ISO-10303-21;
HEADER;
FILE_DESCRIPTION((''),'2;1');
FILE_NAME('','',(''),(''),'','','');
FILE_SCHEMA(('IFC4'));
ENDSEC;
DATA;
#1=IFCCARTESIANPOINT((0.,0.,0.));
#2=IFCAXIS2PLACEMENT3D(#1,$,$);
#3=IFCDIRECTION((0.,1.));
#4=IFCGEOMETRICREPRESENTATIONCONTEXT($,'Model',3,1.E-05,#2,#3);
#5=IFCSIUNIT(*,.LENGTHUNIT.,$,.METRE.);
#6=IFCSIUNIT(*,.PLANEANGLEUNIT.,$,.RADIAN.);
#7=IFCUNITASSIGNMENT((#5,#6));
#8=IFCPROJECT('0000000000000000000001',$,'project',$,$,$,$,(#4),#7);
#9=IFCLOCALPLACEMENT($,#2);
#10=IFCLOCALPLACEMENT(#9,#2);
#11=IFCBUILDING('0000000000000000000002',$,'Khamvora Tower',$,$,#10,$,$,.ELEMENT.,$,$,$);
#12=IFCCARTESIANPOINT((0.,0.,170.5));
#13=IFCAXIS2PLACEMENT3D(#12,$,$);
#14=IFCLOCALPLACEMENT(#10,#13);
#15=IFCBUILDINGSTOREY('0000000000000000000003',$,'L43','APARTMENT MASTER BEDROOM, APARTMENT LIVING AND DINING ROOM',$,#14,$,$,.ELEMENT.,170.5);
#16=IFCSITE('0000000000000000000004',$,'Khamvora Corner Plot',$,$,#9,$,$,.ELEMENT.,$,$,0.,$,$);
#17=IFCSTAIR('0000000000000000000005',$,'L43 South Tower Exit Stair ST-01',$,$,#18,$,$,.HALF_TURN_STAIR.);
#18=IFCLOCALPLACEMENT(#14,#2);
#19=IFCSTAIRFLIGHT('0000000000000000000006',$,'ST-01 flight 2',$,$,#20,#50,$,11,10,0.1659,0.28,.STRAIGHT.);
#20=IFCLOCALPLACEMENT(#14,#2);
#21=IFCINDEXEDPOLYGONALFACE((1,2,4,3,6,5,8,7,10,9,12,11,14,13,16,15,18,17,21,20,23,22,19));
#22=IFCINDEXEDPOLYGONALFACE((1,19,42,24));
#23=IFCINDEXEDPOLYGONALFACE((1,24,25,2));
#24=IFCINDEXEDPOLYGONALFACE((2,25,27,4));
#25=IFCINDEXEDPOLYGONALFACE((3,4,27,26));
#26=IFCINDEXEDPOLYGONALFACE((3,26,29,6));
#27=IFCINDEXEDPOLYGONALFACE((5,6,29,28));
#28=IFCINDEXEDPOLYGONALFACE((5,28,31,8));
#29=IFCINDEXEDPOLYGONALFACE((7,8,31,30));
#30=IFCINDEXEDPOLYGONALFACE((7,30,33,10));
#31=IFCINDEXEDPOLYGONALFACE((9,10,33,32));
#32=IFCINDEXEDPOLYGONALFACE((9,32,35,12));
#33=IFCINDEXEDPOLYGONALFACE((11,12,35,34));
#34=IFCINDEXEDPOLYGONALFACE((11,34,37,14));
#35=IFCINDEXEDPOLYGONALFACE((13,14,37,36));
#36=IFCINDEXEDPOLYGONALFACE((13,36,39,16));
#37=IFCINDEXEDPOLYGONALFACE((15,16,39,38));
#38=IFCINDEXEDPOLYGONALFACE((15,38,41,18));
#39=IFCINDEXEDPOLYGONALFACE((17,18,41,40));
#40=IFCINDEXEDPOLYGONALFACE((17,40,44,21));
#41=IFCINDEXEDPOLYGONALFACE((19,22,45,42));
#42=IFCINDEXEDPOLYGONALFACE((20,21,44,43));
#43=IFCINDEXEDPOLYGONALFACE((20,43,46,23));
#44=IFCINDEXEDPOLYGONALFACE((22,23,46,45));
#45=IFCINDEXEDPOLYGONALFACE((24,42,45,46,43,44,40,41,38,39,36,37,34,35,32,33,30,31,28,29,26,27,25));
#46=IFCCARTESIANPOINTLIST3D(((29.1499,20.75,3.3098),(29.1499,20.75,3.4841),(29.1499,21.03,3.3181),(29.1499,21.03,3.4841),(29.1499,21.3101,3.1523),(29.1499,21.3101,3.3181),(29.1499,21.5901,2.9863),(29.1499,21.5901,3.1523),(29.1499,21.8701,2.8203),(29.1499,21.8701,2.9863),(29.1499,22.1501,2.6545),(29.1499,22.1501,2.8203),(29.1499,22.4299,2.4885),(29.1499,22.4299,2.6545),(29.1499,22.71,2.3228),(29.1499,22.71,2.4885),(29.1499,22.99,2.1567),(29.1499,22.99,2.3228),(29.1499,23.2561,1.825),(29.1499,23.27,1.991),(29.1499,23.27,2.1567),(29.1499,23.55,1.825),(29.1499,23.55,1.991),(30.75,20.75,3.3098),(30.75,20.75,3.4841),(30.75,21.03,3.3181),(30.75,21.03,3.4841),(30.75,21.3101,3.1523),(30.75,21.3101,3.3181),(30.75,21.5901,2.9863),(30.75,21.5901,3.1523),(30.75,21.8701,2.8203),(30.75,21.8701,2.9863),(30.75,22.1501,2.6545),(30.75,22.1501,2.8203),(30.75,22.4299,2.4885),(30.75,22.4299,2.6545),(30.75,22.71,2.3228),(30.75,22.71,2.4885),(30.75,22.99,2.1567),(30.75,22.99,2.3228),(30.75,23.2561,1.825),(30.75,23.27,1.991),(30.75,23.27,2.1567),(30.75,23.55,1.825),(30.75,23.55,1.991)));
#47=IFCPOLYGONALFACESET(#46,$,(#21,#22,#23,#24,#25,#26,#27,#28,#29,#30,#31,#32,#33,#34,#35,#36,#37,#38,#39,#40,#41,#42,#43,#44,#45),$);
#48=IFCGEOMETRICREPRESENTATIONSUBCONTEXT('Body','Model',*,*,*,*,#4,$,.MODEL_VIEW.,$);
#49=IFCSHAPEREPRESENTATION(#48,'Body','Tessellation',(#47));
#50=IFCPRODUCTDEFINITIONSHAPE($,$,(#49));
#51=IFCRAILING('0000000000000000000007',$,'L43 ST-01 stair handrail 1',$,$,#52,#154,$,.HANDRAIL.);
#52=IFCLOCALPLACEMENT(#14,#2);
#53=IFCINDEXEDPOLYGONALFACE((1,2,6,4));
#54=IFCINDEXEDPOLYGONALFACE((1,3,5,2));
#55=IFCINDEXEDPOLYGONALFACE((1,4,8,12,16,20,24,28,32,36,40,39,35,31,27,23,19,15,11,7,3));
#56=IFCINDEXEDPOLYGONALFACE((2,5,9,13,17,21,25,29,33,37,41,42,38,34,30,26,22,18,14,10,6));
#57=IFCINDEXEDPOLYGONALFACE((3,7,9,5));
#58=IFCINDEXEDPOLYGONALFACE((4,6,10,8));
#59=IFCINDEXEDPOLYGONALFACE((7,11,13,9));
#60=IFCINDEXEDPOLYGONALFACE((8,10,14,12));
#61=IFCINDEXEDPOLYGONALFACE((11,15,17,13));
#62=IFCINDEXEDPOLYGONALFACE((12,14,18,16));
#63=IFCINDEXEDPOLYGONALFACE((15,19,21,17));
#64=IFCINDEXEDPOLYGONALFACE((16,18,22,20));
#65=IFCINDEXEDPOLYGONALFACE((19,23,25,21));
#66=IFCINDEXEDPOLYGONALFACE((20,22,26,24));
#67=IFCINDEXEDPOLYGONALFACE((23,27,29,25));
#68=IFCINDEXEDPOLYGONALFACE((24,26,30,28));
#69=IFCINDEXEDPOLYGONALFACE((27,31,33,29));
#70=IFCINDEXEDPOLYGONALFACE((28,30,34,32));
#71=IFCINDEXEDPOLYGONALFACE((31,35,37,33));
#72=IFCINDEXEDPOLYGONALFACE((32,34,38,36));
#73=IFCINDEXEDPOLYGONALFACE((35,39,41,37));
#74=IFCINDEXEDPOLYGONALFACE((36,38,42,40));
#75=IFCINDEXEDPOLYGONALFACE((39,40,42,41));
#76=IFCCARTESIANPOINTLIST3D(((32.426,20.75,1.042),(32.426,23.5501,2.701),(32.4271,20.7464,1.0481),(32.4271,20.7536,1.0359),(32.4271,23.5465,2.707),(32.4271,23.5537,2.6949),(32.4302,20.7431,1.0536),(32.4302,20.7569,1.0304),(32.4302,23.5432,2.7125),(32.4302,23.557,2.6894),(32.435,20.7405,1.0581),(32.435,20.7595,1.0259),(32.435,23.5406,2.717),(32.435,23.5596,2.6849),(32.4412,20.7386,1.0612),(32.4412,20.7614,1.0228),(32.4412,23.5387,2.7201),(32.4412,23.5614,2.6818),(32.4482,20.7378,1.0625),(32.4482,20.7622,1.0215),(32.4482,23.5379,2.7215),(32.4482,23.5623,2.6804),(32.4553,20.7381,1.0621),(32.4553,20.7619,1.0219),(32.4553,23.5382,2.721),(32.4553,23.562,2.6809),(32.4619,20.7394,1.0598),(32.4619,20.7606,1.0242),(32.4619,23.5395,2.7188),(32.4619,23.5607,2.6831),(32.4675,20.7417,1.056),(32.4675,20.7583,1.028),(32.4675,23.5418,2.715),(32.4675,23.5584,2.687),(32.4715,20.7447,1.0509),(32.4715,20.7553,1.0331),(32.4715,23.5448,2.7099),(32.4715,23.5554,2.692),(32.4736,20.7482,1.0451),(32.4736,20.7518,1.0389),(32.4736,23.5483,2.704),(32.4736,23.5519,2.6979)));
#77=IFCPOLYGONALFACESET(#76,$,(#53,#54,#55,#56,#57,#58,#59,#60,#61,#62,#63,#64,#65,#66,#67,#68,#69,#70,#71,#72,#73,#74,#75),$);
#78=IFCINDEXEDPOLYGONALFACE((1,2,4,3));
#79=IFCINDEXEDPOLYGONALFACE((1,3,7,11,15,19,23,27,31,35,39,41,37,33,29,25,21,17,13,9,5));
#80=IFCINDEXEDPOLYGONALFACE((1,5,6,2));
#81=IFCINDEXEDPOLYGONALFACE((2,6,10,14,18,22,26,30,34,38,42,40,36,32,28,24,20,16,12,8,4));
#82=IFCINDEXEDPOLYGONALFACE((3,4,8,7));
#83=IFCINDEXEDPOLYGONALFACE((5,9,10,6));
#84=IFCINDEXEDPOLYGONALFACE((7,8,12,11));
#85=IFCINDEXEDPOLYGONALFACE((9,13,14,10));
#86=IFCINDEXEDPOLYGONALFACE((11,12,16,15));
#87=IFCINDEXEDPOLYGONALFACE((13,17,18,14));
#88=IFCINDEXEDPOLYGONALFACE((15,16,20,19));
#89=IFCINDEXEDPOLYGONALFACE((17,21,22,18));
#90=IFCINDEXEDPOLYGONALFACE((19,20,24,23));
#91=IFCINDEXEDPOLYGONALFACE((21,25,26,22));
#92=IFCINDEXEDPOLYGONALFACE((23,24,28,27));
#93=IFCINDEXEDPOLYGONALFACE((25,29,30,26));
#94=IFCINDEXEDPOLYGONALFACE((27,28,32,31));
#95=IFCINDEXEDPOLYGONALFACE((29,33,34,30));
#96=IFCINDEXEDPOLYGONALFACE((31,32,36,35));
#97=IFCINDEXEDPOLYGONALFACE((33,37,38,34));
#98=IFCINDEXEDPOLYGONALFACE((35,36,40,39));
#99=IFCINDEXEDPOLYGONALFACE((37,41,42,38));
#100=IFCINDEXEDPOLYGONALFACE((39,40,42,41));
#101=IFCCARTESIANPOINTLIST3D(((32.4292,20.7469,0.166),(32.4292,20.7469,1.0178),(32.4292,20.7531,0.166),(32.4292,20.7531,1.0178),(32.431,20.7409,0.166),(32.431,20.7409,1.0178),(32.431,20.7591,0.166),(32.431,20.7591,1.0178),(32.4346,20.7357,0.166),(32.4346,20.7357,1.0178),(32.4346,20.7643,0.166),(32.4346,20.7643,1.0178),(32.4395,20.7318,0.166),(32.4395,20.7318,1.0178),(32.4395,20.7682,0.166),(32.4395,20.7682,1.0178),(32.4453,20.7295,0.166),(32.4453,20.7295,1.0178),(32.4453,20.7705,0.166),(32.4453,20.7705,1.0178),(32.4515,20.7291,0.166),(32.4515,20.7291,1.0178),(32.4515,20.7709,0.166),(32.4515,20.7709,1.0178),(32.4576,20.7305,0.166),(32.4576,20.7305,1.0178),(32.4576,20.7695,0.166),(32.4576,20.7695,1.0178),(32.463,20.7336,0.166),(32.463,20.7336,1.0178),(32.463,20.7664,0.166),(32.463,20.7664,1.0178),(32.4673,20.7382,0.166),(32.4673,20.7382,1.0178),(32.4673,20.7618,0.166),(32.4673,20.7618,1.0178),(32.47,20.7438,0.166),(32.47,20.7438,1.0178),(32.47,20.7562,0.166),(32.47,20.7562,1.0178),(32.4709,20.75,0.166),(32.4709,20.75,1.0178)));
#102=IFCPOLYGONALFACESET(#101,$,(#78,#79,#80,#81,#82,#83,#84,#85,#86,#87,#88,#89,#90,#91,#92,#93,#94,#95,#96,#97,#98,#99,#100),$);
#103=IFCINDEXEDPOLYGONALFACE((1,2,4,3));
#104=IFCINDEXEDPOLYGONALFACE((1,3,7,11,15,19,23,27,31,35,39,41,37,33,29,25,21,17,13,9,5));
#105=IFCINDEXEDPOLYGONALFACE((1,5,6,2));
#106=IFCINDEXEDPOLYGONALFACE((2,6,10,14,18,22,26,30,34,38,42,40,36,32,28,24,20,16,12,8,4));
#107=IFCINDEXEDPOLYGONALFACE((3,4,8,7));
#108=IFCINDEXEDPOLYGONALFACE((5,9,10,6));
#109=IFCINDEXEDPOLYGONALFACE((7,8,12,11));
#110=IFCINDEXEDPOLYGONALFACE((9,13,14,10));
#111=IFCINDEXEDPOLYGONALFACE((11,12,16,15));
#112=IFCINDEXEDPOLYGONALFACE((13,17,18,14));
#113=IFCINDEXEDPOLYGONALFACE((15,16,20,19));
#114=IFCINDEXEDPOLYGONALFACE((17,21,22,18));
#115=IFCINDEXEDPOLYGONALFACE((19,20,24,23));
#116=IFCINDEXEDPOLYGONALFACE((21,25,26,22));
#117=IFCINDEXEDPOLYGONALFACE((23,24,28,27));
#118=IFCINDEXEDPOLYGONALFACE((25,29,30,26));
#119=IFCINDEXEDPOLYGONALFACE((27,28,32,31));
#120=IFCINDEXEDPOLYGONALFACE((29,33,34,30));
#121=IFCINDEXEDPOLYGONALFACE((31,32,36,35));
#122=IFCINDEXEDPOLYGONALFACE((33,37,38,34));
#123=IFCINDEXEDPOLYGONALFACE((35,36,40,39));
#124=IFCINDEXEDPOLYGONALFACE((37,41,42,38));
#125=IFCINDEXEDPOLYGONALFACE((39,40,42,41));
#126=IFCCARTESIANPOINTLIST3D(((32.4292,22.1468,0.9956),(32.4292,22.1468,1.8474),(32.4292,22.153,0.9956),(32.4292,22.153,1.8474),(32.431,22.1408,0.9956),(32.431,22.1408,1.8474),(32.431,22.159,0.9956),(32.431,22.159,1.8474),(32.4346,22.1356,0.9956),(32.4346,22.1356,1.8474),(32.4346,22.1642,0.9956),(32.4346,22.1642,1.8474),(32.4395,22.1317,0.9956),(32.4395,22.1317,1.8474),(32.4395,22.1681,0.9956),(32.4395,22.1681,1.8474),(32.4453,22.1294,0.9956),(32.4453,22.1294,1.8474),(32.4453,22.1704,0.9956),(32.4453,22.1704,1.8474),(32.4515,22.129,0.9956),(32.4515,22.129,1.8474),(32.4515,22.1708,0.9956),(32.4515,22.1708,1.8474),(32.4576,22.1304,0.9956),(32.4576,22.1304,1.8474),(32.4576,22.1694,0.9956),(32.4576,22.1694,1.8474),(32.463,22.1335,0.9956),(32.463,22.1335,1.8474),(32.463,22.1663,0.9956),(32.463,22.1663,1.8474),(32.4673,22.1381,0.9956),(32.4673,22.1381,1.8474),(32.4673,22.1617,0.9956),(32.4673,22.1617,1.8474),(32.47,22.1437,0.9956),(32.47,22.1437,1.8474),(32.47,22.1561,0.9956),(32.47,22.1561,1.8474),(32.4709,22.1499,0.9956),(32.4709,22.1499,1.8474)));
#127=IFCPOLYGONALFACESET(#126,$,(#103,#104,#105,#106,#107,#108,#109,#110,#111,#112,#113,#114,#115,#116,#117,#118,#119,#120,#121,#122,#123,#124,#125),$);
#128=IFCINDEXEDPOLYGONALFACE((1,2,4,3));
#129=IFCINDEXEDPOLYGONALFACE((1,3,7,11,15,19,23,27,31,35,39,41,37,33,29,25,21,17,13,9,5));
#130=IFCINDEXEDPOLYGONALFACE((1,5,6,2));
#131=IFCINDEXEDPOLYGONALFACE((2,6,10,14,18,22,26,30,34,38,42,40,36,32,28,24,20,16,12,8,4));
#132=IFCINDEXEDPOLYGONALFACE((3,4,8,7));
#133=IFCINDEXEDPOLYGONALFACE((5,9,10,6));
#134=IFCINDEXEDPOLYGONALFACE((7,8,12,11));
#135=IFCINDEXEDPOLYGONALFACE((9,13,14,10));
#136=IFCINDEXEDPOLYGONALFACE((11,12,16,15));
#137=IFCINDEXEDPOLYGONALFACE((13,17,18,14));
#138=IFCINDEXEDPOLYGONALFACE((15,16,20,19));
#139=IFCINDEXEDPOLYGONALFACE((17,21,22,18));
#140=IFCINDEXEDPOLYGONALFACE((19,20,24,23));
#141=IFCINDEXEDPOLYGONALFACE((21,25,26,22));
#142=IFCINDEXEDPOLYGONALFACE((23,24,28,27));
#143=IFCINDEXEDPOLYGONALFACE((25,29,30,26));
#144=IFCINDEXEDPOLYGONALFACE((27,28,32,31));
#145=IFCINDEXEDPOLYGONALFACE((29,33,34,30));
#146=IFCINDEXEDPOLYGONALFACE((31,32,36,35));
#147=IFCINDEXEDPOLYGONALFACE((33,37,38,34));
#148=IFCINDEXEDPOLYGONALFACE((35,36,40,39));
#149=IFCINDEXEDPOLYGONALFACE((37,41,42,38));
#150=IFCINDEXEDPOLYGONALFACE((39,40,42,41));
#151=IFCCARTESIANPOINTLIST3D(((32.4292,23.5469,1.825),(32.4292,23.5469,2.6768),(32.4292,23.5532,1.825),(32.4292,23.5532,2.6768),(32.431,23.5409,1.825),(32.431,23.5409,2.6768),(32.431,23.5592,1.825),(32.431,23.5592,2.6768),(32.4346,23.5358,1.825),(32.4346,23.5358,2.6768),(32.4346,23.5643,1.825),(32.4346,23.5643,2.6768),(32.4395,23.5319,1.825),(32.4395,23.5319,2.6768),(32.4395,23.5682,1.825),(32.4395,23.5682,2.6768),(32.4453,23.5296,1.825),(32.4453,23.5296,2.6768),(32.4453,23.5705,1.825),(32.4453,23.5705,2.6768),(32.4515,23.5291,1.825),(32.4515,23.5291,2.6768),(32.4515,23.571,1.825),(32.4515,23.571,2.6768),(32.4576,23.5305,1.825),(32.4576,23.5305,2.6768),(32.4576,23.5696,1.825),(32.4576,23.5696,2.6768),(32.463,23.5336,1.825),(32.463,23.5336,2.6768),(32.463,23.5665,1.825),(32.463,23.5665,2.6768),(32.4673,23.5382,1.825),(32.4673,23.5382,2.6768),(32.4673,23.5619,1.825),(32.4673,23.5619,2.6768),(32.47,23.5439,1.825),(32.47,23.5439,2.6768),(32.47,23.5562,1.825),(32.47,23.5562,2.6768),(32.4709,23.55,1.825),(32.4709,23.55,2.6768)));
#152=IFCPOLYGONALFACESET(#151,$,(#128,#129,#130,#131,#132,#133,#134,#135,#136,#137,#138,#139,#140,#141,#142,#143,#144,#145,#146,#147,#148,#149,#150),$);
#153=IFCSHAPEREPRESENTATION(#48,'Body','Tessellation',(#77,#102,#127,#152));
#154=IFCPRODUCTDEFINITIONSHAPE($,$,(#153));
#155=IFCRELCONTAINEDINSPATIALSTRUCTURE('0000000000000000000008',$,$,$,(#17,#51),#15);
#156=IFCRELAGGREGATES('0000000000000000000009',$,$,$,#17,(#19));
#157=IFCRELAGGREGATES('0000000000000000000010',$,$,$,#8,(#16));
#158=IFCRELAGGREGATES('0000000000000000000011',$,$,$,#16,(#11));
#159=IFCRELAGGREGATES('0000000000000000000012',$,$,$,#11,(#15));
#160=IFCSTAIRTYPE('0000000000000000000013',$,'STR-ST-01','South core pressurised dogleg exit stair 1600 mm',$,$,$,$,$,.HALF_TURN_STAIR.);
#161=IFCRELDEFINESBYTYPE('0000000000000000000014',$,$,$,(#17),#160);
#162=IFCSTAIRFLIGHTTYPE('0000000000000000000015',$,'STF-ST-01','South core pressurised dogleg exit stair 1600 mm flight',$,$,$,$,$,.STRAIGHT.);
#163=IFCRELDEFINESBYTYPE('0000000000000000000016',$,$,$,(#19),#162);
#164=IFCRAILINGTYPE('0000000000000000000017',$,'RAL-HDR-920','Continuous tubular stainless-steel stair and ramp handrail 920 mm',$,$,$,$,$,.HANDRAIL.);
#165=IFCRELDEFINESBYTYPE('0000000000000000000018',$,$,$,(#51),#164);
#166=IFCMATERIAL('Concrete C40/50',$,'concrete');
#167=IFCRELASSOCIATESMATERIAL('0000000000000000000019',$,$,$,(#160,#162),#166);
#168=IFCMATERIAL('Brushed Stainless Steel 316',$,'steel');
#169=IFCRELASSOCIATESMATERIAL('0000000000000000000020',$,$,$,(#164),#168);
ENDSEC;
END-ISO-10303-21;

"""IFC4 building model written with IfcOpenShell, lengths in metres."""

from ifc_helpers import new_model, si_unit, direction, frame, origin, origin_2d, place, context, subcontext, project, spatial, polyline, circle, outline, extrude, material, type_object, element, aggregate, save


model = new_model("IFC4")

# Units and contexts
model_context = context("Model", 3, precision=1e-05, world=origin(), true_north=direction((0.0, 1.0)))
body_context = subcontext(model_context, "Body", "Model", "MODEL_VIEW")
ifc_project = project(units=[si_unit("LENGTHUNIT", "METRE"), si_unit("PLANEANGLEUNIT", "RADIAN")], contexts=[model_context])

# Site, building, storey
site_placement = place(None, origin())
site = spatial("IfcSite", under=ifc_project, at=site_placement, Name="Khamvora Corner Plot", CompositionType="ELEMENT", RefElevation=0.0)
building_placement = place(site_placement, origin())
building = spatial("IfcBuilding", under=site, at=building_placement, Name="Khamvora Tower", CompositionType="ELEMENT")
storey_placement = place(building_placement, frame((0.0, 0.0, 170.5)))
storey = spatial("IfcBuildingStorey", under=building, at=storey_placement, Name="L43", Description="APARTMENT MASTER BEDROOM, APARTMENT LIVING AND DINING ROOM", CompositionType="ELEMENT", Elevation=170.5)

# Stair, stair flight
ifc_material_1 = material(Name="Concrete C40/50", Category="concrete")
stair_type = type_object("IfcStairType", Name="STR-ST-01", Description="South core pressurised dogleg exit stair 1600 mm", PredefinedType="HALF_TURN_STAIR", material=ifc_material_1)
stair_placement = place(storey_placement, origin())
stair = element("IfcStair", 1, at=stair_placement, inside=storey, type_object=stair_type, Name="L43 South Tower Exit Stair ST-01", PredefinedType="HALF_TURN_STAIR")
stair_flight_type = type_object("IfcStairFlightType", Name="STF-ST-01", Description="South core pressurised dogleg exit stair 1600 mm flight", PredefinedType="STRAIGHT", material=ifc_material_1)
stair_flight_1_placement = place(storey_placement, frame((29.95, 23.55, 1.825), z_axis=(0.0, 0.0, 1.0), x_axis=(0.0, -1.0, 0.0)))
stair_flight_1 = element("IfcStairFlight", 2, at=stair_flight_1_placement, type_object=stair_flight_type, Name="ST-01 flight 2", NumberOfRisers=11, NumberOfTreads=10, PredefinedType="STRAIGHT", RiserHeight=0.1659, TreadLength=0.28, context=body_context, shape_type="SweptSolid", body=[
    extrude(outline(polyline([(0.0, 0.0), (0.0, 0.166), (0.28, 0.166), (0.28, 0.3318), (0.5601, 0.3318), (0.5601, 0.4978), (0.8401, 0.4978), (0.8401, 0.6636), (1.1201, 0.6636), (1.1201, 0.8296), (1.3999, 0.8296), (1.3999, 0.9954), (1.6799, 0.9954), (1.6799, 1.1614), (1.96, 1.1614), (1.96, 1.3274), (2.24, 1.3274), (2.24, 1.4932), (2.52, 1.4932), (2.52, 1.6592), (2.8, 1.6592), (2.8, 1.825), (2.8, 1.4849), (0.2939, 0.0), (0.0, 0.0)])), frame((0.0, 0.8, 0.0), z_axis=(0.0, -1.0, 0.0), x_axis=(1.0, 0.0, 0.0)), (0.0, 0.0, 1.0), 1.6001),
])
aggregate(stair, [stair_flight_1])

# Railing
ifc_material_2 = material(Name="Brushed Stainless Steel 316", Category="steel")
railing_type_1 = type_object("IfcRailingType", Name="RAL-HDR-920", Description="Continuous tubular stainless-steel stair and ramp handrail 920 mm", PredefinedType="HANDRAIL", material=ifc_material_2)
railing_1_placement = place(storey_placement, frame((32.45, 20.75, 0.166)))
element("IfcRailing", 3, at=railing_1_placement, inside=storey, type_object=railing_type_1, Name="L43 ST-01 stair handrail 1", PredefinedType="HANDRAIL", context=body_context, shape_type="SweptSolid", body=[
    extrude(circle(Radius=0.0239, at=origin_2d()), frame((0.0, 0.0, 0.876), z_axis=(0.0, 0.860339, 0.509722), x_axis=(-1.0, 0.0, 0.0)), (0.0, 0.0, 1.0), 3.2546),
    extrude(circle(Radius=0.021, at=origin_2d()), origin(), (0.0, 0.0, 1.0), 0.8518),
    extrude(circle(Radius=0.021, at=origin_2d()), frame((0.0, 1.3999, 0.8296)), (0.0, 0.0, 1.0), 0.8518),
    extrude(circle(Radius=0.021, at=origin_2d()), frame((0.0, 2.8, 1.6589)), (0.0, 0.0, 1.0), 0.8518),
])

save(model, "model.ifc")
